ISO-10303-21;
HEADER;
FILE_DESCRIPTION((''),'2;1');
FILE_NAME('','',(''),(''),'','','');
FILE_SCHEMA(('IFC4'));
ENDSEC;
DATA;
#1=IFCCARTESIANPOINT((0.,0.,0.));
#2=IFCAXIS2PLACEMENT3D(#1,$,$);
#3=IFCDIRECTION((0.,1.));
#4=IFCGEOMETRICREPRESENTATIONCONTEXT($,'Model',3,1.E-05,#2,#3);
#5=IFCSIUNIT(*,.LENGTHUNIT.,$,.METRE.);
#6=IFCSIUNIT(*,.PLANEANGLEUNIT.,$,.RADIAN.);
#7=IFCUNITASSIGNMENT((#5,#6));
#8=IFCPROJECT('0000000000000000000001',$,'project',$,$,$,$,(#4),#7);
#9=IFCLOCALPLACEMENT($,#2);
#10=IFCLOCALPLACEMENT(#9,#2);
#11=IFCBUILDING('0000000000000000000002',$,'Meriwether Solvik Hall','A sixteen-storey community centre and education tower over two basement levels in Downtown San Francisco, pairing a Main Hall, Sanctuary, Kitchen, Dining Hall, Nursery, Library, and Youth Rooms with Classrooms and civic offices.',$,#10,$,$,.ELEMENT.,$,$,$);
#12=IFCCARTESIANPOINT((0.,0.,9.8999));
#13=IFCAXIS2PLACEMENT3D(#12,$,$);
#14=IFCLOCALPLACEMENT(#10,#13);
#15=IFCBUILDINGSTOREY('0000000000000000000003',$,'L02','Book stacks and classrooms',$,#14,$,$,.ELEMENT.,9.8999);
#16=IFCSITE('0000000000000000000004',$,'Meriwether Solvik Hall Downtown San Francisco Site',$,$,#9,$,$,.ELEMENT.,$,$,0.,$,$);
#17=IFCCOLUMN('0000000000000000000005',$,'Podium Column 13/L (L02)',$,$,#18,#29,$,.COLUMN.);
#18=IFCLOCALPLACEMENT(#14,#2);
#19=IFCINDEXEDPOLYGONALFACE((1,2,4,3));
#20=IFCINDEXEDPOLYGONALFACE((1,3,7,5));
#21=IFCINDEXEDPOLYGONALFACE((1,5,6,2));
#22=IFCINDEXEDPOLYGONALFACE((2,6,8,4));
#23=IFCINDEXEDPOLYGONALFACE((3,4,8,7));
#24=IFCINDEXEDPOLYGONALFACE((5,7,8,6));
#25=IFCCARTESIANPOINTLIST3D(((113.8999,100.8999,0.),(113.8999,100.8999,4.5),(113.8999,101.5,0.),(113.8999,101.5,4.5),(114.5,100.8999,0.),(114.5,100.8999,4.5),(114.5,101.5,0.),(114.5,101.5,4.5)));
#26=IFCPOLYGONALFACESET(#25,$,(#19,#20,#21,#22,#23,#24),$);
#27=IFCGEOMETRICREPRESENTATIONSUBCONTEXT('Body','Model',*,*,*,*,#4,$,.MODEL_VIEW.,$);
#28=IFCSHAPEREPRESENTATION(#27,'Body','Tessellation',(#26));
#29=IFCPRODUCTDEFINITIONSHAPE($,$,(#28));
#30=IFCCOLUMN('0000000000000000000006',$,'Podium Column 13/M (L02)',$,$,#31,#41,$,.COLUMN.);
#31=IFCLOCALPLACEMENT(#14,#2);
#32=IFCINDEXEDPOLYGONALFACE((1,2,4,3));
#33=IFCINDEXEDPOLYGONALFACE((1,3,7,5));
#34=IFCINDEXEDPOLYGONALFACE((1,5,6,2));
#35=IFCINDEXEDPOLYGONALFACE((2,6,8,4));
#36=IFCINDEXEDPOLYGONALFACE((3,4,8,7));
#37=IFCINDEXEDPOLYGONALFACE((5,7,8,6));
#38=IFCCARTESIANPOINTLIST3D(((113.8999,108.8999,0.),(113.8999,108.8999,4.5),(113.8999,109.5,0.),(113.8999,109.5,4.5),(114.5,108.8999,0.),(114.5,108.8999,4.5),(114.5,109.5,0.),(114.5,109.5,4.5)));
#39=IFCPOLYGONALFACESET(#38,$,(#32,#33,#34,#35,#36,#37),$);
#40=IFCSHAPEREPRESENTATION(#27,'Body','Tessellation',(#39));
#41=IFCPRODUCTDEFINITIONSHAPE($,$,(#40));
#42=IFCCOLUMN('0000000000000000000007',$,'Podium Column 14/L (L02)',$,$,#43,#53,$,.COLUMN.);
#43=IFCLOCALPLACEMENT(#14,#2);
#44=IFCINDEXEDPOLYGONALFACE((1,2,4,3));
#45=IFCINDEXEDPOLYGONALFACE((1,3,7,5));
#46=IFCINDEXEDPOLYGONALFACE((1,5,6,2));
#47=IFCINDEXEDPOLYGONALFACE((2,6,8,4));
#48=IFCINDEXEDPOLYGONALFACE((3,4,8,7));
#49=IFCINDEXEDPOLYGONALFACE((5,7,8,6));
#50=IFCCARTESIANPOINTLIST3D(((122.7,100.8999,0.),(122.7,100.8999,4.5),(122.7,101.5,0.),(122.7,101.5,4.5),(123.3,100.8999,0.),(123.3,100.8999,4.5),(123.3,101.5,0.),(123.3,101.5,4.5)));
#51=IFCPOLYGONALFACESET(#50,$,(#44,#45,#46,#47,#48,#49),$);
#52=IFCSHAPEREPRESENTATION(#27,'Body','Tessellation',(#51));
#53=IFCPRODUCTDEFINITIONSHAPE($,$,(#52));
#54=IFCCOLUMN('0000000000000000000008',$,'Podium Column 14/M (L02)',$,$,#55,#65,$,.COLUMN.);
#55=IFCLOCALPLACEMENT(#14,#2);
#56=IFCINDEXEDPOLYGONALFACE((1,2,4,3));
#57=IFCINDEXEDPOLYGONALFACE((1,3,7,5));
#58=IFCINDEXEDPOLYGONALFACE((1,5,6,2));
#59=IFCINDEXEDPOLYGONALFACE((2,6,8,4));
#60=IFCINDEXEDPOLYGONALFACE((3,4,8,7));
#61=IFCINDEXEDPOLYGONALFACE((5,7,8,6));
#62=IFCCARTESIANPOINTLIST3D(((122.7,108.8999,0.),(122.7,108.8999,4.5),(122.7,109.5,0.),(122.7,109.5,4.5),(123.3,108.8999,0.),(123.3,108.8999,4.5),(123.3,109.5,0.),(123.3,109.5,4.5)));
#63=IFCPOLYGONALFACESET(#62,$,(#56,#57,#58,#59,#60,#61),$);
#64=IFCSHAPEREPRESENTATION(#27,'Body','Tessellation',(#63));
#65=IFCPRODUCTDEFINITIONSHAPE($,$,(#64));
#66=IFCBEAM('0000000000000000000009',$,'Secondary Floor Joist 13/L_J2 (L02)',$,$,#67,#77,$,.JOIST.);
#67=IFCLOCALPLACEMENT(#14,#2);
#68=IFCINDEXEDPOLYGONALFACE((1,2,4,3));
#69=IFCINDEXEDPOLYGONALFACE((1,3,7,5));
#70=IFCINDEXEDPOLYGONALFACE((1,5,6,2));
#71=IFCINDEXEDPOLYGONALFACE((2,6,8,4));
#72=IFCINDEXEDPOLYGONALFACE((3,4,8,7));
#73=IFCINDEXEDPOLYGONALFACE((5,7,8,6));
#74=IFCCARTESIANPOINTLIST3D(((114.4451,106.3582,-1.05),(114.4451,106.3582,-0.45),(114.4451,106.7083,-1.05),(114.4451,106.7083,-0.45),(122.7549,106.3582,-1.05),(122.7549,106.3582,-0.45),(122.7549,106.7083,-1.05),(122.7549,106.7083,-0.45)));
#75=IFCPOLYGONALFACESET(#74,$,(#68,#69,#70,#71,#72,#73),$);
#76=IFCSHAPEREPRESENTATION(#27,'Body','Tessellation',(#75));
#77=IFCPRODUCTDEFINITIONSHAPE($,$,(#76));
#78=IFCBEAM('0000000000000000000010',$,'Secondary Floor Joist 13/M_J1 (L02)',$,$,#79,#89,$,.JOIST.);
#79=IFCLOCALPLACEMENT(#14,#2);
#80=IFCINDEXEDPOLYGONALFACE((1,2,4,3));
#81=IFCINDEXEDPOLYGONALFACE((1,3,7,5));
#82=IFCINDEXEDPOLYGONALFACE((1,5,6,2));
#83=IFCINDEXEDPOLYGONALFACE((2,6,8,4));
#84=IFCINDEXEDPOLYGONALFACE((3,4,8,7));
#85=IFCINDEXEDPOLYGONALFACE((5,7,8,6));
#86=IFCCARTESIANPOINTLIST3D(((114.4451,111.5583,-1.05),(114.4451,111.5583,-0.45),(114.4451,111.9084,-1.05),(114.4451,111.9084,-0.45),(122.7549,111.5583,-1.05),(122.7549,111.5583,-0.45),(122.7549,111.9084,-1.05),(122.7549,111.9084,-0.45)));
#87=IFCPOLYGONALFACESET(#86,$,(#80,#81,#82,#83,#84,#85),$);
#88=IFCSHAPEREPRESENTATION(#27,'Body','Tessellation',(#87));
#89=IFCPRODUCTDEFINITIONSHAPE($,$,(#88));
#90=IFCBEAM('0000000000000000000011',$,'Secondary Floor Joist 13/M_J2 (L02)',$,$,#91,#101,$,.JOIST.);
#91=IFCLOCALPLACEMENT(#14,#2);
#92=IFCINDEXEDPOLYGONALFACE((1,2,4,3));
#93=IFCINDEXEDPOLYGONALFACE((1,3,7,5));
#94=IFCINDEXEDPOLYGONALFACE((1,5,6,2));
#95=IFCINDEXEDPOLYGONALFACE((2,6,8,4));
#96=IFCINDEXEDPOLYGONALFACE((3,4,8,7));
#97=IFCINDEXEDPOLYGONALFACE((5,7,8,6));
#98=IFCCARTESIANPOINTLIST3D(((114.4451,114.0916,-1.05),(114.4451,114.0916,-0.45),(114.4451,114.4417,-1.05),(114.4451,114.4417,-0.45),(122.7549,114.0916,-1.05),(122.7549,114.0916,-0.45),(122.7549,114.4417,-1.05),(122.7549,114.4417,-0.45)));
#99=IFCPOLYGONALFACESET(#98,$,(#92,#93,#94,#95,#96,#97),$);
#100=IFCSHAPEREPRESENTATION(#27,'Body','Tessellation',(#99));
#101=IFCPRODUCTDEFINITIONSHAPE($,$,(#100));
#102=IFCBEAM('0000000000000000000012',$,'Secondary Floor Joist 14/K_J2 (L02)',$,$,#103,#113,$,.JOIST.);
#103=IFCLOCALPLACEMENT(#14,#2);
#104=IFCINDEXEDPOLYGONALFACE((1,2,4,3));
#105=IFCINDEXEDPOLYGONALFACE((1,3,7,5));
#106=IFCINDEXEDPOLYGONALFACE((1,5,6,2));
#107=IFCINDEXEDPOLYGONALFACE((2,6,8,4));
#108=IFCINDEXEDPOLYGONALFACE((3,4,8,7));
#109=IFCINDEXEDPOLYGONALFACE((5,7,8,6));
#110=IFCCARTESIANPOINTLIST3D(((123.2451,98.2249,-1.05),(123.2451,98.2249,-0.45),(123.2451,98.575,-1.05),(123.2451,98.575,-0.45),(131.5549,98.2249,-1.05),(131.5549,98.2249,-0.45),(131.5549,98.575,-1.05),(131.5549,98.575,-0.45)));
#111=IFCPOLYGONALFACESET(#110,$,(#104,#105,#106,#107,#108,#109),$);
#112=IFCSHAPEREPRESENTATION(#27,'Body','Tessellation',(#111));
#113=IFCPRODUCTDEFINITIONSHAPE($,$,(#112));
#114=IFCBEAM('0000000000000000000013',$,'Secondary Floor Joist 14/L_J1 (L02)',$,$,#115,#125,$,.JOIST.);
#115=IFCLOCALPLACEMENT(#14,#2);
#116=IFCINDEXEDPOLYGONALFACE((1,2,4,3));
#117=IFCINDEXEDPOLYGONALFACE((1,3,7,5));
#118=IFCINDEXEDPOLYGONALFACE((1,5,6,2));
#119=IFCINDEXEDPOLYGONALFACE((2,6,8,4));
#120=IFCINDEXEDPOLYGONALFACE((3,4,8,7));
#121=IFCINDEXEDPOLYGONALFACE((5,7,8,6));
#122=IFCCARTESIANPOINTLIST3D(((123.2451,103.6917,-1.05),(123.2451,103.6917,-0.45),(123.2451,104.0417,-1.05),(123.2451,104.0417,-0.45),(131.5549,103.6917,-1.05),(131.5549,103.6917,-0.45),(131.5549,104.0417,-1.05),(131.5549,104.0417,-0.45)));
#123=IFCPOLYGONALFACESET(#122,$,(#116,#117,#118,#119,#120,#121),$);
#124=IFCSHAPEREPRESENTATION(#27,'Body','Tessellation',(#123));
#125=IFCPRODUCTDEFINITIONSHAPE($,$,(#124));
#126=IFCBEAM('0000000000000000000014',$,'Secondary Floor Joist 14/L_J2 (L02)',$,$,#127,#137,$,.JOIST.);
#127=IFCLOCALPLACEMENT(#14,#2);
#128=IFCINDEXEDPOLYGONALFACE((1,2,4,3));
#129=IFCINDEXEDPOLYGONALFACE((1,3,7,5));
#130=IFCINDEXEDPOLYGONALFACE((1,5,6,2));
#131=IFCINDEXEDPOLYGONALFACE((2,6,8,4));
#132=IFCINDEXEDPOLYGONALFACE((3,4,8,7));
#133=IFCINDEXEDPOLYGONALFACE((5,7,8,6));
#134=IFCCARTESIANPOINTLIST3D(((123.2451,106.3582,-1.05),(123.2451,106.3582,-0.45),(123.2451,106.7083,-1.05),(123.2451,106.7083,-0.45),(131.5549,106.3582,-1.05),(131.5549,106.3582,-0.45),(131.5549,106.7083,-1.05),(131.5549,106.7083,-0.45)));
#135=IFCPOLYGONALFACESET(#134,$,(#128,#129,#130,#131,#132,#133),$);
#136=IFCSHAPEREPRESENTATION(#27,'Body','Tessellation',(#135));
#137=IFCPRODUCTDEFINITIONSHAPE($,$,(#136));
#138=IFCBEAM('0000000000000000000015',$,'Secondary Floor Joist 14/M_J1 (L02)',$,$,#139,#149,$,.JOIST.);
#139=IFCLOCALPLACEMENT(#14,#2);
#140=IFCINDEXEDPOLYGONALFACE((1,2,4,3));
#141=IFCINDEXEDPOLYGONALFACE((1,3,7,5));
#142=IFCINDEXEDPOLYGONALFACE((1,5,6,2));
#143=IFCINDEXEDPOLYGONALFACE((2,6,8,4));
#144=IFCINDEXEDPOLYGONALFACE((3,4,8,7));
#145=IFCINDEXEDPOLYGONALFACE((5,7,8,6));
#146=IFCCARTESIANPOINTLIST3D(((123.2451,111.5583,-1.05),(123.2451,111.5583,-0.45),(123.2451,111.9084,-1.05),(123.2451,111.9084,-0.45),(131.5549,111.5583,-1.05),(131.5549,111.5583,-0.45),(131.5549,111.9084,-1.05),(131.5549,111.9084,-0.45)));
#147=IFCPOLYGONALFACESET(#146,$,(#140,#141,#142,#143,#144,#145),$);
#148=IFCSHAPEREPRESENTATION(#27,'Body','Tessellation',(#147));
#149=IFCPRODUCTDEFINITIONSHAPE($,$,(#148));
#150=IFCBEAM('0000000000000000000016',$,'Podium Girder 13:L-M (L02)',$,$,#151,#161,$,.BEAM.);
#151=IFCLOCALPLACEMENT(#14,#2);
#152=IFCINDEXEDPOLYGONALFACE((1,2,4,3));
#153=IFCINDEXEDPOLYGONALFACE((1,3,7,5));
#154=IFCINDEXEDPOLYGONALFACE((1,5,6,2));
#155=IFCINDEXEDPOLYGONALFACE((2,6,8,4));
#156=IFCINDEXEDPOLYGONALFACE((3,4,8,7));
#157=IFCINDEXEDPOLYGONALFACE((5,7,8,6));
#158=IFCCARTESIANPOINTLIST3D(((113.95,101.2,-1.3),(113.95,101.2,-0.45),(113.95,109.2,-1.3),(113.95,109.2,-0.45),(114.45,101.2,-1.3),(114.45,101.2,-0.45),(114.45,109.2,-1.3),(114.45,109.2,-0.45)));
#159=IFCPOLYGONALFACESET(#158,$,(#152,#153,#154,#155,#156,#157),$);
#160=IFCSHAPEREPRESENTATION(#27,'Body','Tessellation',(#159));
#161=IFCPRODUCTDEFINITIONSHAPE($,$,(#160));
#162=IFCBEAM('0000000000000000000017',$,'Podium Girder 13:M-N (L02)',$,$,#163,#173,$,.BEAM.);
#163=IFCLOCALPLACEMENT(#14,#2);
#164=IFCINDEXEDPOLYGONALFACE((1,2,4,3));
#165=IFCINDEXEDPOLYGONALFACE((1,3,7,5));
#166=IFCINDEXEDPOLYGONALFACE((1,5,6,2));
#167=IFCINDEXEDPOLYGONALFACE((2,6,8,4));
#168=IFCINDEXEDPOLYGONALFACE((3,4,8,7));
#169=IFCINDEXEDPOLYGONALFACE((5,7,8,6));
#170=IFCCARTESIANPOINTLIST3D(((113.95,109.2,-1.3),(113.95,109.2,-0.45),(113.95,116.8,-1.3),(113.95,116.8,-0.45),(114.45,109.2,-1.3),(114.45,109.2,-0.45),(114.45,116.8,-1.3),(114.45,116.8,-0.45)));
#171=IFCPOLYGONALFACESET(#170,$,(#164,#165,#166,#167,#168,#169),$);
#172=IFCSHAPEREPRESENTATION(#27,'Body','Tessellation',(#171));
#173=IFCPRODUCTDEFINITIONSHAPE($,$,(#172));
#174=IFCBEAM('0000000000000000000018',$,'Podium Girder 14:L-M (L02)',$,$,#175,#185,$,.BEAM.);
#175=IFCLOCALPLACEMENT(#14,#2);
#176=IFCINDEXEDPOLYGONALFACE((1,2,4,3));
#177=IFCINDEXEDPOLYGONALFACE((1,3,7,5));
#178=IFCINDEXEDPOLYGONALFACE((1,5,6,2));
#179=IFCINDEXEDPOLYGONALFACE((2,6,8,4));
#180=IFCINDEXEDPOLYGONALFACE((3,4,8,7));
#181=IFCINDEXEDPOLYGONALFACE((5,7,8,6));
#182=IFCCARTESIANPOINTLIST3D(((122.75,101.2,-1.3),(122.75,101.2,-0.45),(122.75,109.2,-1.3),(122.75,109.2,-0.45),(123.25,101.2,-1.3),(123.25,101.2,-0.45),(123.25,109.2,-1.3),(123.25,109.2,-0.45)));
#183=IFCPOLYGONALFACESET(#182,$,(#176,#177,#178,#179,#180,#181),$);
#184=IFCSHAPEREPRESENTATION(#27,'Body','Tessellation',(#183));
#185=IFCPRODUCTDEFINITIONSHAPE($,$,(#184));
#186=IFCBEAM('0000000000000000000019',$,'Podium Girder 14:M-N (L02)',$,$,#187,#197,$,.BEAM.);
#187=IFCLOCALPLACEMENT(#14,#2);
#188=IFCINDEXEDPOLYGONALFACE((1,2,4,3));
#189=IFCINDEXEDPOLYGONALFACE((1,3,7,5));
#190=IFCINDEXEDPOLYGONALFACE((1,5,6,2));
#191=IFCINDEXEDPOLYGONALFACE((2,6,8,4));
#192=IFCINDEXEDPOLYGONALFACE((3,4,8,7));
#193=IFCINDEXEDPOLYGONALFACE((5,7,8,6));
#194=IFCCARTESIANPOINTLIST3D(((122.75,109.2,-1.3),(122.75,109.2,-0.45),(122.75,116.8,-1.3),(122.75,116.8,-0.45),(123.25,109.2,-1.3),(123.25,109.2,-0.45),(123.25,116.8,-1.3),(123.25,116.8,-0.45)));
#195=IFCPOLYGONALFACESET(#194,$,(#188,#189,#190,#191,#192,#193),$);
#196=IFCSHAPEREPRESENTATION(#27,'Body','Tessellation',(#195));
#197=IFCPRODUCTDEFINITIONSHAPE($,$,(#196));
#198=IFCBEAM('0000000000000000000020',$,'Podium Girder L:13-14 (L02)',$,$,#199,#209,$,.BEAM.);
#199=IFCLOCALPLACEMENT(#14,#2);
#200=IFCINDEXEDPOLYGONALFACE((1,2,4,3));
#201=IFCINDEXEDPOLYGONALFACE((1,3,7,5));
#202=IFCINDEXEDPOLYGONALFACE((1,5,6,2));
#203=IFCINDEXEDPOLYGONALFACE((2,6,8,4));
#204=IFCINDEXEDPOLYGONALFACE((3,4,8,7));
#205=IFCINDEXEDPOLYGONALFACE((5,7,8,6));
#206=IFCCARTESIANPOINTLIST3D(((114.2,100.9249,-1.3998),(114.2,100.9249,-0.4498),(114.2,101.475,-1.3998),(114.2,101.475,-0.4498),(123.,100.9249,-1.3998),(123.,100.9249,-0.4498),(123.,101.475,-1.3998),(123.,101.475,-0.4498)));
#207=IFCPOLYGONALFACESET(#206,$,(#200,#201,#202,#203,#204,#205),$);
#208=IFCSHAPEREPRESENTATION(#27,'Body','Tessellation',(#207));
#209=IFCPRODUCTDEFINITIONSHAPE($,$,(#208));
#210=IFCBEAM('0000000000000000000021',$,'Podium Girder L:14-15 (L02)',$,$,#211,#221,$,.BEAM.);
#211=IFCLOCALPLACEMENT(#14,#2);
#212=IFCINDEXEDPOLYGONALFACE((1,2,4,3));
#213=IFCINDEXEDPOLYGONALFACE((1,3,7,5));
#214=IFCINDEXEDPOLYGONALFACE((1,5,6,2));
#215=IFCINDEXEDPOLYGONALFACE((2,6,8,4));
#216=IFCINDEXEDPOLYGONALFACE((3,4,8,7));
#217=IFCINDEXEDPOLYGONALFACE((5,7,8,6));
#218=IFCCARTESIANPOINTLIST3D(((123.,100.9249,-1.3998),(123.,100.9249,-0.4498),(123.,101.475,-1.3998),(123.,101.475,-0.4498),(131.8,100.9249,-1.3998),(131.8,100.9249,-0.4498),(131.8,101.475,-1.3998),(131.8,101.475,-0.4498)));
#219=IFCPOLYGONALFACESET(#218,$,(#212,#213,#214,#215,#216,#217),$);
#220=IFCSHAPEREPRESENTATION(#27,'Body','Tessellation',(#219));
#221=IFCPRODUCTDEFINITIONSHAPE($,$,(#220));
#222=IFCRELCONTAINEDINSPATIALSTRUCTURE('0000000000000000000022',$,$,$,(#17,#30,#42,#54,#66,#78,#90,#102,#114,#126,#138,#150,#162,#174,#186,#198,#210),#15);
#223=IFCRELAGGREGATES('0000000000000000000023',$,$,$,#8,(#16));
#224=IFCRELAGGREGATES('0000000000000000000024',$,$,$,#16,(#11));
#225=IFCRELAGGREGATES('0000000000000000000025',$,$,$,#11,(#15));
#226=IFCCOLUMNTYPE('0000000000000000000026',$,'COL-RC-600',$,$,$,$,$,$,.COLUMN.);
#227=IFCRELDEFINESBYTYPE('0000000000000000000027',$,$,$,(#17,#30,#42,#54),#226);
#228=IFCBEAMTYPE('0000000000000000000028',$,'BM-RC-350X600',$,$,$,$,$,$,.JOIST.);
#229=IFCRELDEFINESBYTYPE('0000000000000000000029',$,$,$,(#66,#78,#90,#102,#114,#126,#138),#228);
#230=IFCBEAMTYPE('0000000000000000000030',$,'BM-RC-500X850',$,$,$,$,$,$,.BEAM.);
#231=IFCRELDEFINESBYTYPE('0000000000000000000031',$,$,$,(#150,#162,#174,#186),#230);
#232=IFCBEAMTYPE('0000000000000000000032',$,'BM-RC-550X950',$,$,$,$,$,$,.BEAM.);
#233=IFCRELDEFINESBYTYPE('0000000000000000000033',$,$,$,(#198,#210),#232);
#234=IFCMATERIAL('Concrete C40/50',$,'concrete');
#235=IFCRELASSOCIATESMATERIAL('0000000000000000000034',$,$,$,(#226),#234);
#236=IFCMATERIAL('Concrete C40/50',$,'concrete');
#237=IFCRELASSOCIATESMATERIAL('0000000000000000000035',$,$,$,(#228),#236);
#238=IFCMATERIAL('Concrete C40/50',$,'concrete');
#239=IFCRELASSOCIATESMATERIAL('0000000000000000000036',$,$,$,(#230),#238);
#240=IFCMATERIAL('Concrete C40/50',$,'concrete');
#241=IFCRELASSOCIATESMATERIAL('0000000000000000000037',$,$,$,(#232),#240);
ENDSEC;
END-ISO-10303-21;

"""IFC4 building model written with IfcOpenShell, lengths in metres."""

from ifc_helpers import new_model, si_unit, direction, frame, origin, origin_2d, place, context, subcontext, project, spatial, rectangle, extrude, material, material_profile, profile_set, type_object, element, save


model = new_model("IFC4")

# Units and contexts
model_context = context("Model", 3, precision=1e-05, world=origin(), true_north=direction((0.0, 1.0)))
body_context = subcontext(model_context, "Body", "Model", "MODEL_VIEW")
ifc_project = project(units=[si_unit("LENGTHUNIT", "METRE"), si_unit("PLANEANGLEUNIT", "RADIAN")], contexts=[model_context])

# Site, building, storey
site_placement = place(None, origin())
site = spatial("IfcSite", under=ifc_project, at=site_placement, Name="Meriwether Solvik Hall Downtown San Francisco Site", CompositionType="ELEMENT", RefElevation=0.0)
building_placement = place(site_placement, origin())
building = spatial("IfcBuilding", under=site, at=building_placement, Name="Meriwether Solvik Hall", Description="A sixteen-storey community centre and education tower over two basement levels in Downtown San Francisco, pairing a Main Hall, Sanctuary, Kitchen, Dining Hall, Nursery, Library, and Youth Rooms with Classrooms and civic offices.", CompositionType="ELEMENT")
storey_placement = place(building_placement, frame((0.0, 0.0, 9.8999)))
storey = spatial("IfcBuildingStorey", under=building, at=storey_placement, Name="L02", Description="Book stacks and classrooms", CompositionType="ELEMENT", Elevation=9.8999)

# Columns
ifc_material_1 = material(Name="Concrete C40/50", Category="concrete")
ifc_material_profile_1 = material_profile(ifc_material_1, rectangle(XDim=0.6001, YDim=0.6001, at=origin_2d()), Name="RCC-600X600")
ifc_profile_set_1 = profile_set([ifc_material_profile_1], Name="Concrete C40/50")
column_type = type_object("IfcColumnType", Name="COL-RC-600", PredefinedType="COLUMN", material=ifc_profile_set_1)
for number, where, z_axis, x_axis, name in (
    (1, (114.2, 101.2, 0.0), (0.0, 0.0, 1.0), (1.0, 0.0, 0.0), "Podium Column 13/L (L02)"),
    (2, (114.2, 109.2, 0.0), (0.0, 0.0, 1.0), (1.0, 0.0, 0.0), "Podium Column 13/M (L02)"),
    (3, (123.0, 101.2, 0.0), (0.0, 0.0, 1.0), (1.0, 0.0, 0.0), "Podium Column 14/L (L02)"),
    (4, (123.0, 109.2, 0.0), (0.0, 0.0, 1.0), (1.0, 0.0, 0.0), "Podium Column 14/M (L02)"),
):
    element("IfcColumn", number, at=place(storey_placement, frame(where, z_axis=z_axis, x_axis=x_axis)), inside=storey, type_object=column_type, Name=name, PredefinedType="COLUMN", context=body_context, shape_type="SweptSolid", body=[
        extrude(rectangle(XDim=0.6001, YDim=0.6001, at=origin_2d()), origin(), (0.0, 0.0, 1.0), 4.5),
    ])

# Beams
ifc_material_2 = material(Name="Concrete C40/50", Category="concrete")
ifc_material_profile_2 = material_profile(ifc_material_2, rectangle(XDim=0.3501, YDim=0.6001, at=origin_2d()), Name="RCB-350X600")
ifc_profile_set_2 = profile_set([ifc_material_profile_2], Name="Concrete C40/50")
beam_type_1 = type_object("IfcBeamType", Name="BM-RC-350X600", PredefinedType="JOIST", material=ifc_profile_set_2)
for number, where, z_axis, x_axis, name in (
    (5, (114.4451, 106.5332, -0.75), (1.0, 0.0, 0.0), (0.0, 1.0, 0.0), "Secondary Floor Joist 13/L_J2 (L02)"),
    (6, (114.4451, 111.7334, -0.75), (1.0, 0.0, 0.0), (0.0, 1.0, 0.0), "Secondary Floor Joist 13/M_J1 (L02)"),
    (7, (114.4451, 114.2666, -0.75), (1.0, 0.0, 0.0), (0.0, 1.0, 0.0), "Secondary Floor Joist 13/M_J2 (L02)"),
    (8, (123.2451, 98.3999, -0.75), (1.0, 0.0, 0.0), (0.0, 1.0, 0.0), "Secondary Floor Joist 14/K_J2 (L02)"),
    (9, (123.2451, 103.8667, -0.75), (1.0, 0.0, 0.0), (0.0, 1.0, 0.0), "Secondary Floor Joist 14/L_J1 (L02)"),
    (10, (123.2451, 106.5332, -0.75), (1.0, 0.0, 0.0), (0.0, 1.0, 0.0), "Secondary Floor Joist 14/L_J2 (L02)"),
    (11, (123.2451, 111.7334, -0.75), (1.0, 0.0, 0.0), (0.0, 1.0, 0.0), "Secondary Floor Joist 14/M_J1 (L02)"),
):
    element("IfcBeam", number, at=place(storey_placement, frame(where, z_axis=z_axis, x_axis=x_axis)), inside=storey, type_object=beam_type_1, Name=name, PredefinedType="JOIST", context=body_context, shape_type="SweptSolid", body=[
        extrude(rectangle(XDim=0.3501, YDim=0.6001, at=origin_2d()), origin(), (0.0, 0.0, 1.0), 8.3098),
    ])
ifc_material_3 = material(Name="Concrete C40/50", Category="concrete")
ifc_material_profile_3 = material_profile(ifc_material_3, rectangle(XDim=0.5, YDim=0.8501, at=origin_2d()), Name="RCB-500X850")
ifc_profile_set_3 = profile_set([ifc_material_profile_3], Name="Concrete C40/50")
beam_type_2 = type_object("IfcBeamType", Name="BM-RC-500X850", PredefinedType="BEAM", material=ifc_profile_set_3)
beam_1_placement = place(storey_placement, frame((114.2, 101.2, -0.875), z_axis=(0.0, 1.0, 0.0), x_axis=(-1.0, 0.0, 0.0)))
element("IfcBeam", 12, at=beam_1_placement, inside=storey, type_object=beam_type_2, Name="Podium Girder 13:L-M (L02)", PredefinedType="BEAM", context=body_context, shape_type="SweptSolid", body=[
    extrude(rectangle(XDim=0.5, YDim=0.8501, at=origin_2d()), origin(), (0.0, 0.0, 1.0), 8.0),
])
beam_2_placement = place(storey_placement, frame((114.2, 109.2, -0.875), z_axis=(0.0, 1.0, 0.0), x_axis=(-1.0, 0.0, 0.0)))
element("IfcBeam", 13, at=beam_2_placement, inside=storey, type_object=beam_type_2, Name="Podium Girder 13:M-N (L02)", PredefinedType="BEAM", context=body_context, shape_type="SweptSolid", body=[
    extrude(rectangle(XDim=0.5, YDim=0.8501, at=origin_2d()), origin(), (0.0, 0.0, 1.0), 7.6001),
])
beam_3_placement = place(storey_placement, frame((123.0, 101.2, -0.875), z_axis=(0.0, 1.0, 0.0), x_axis=(-1.0, 0.0, 0.0)))
element("IfcBeam", 14, at=beam_3_placement, inside=storey, type_object=beam_type_2, Name="Podium Girder 14:L-M (L02)", PredefinedType="BEAM", context=body_context, shape_type="SweptSolid", body=[
    extrude(rectangle(XDim=0.5, YDim=0.8501, at=origin_2d()), origin(), (0.0, 0.0, 1.0), 8.0),
])
beam_4_placement = place(storey_placement, frame((123.0, 109.2, -0.875), z_axis=(0.0, 1.0, 0.0), x_axis=(-1.0, 0.0, 0.0)))
element("IfcBeam", 15, at=beam_4_placement, inside=storey, type_object=beam_type_2, Name="Podium Girder 14:M-N (L02)", PredefinedType="BEAM", context=body_context, shape_type="SweptSolid", body=[
    extrude(rectangle(XDim=0.5, YDim=0.8501, at=origin_2d()), origin(), (0.0, 0.0, 1.0), 7.6001),
])
ifc_material_4 = material(Name="Concrete C40/50", Category="concrete")
ifc_material_profile_4 = material_profile(ifc_material_4, rectangle(XDim=0.55, YDim=0.95, at=origin_2d()), Name="RCB-550X950")
ifc_profile_set_4 = profile_set([ifc_material_profile_4], Name="Concrete C40/50")
beam_type_3 = type_object("IfcBeamType", Name="BM-RC-550X950", PredefinedType="BEAM", material=ifc_profile_set_4)
for number, where, z_axis, x_axis, name in (
    (16, (114.2, 101.2, -0.9248), (1.0, 0.0, 0.0), (0.0, 1.0, 0.0), "Podium Girder L:13-14 (L02)"),
    (17, (123.0, 101.2, -0.9248), (1.0, 0.0, 0.0), (0.0, 1.0, 0.0), "Podium Girder L:14-15 (L02)"),
):
    element("IfcBeam", number, at=place(storey_placement, frame(where, z_axis=z_axis, x_axis=x_axis)), inside=storey, type_object=beam_type_3, Name=name, PredefinedType="BEAM", context=body_context, shape_type="SweptSolid", body=[
        extrude(rectangle(XDim=0.55, YDim=0.95, at=origin_2d()), origin(), (0.0, 0.0, 1.0), 8.8),
    ])

save(model, "model.ifc")
